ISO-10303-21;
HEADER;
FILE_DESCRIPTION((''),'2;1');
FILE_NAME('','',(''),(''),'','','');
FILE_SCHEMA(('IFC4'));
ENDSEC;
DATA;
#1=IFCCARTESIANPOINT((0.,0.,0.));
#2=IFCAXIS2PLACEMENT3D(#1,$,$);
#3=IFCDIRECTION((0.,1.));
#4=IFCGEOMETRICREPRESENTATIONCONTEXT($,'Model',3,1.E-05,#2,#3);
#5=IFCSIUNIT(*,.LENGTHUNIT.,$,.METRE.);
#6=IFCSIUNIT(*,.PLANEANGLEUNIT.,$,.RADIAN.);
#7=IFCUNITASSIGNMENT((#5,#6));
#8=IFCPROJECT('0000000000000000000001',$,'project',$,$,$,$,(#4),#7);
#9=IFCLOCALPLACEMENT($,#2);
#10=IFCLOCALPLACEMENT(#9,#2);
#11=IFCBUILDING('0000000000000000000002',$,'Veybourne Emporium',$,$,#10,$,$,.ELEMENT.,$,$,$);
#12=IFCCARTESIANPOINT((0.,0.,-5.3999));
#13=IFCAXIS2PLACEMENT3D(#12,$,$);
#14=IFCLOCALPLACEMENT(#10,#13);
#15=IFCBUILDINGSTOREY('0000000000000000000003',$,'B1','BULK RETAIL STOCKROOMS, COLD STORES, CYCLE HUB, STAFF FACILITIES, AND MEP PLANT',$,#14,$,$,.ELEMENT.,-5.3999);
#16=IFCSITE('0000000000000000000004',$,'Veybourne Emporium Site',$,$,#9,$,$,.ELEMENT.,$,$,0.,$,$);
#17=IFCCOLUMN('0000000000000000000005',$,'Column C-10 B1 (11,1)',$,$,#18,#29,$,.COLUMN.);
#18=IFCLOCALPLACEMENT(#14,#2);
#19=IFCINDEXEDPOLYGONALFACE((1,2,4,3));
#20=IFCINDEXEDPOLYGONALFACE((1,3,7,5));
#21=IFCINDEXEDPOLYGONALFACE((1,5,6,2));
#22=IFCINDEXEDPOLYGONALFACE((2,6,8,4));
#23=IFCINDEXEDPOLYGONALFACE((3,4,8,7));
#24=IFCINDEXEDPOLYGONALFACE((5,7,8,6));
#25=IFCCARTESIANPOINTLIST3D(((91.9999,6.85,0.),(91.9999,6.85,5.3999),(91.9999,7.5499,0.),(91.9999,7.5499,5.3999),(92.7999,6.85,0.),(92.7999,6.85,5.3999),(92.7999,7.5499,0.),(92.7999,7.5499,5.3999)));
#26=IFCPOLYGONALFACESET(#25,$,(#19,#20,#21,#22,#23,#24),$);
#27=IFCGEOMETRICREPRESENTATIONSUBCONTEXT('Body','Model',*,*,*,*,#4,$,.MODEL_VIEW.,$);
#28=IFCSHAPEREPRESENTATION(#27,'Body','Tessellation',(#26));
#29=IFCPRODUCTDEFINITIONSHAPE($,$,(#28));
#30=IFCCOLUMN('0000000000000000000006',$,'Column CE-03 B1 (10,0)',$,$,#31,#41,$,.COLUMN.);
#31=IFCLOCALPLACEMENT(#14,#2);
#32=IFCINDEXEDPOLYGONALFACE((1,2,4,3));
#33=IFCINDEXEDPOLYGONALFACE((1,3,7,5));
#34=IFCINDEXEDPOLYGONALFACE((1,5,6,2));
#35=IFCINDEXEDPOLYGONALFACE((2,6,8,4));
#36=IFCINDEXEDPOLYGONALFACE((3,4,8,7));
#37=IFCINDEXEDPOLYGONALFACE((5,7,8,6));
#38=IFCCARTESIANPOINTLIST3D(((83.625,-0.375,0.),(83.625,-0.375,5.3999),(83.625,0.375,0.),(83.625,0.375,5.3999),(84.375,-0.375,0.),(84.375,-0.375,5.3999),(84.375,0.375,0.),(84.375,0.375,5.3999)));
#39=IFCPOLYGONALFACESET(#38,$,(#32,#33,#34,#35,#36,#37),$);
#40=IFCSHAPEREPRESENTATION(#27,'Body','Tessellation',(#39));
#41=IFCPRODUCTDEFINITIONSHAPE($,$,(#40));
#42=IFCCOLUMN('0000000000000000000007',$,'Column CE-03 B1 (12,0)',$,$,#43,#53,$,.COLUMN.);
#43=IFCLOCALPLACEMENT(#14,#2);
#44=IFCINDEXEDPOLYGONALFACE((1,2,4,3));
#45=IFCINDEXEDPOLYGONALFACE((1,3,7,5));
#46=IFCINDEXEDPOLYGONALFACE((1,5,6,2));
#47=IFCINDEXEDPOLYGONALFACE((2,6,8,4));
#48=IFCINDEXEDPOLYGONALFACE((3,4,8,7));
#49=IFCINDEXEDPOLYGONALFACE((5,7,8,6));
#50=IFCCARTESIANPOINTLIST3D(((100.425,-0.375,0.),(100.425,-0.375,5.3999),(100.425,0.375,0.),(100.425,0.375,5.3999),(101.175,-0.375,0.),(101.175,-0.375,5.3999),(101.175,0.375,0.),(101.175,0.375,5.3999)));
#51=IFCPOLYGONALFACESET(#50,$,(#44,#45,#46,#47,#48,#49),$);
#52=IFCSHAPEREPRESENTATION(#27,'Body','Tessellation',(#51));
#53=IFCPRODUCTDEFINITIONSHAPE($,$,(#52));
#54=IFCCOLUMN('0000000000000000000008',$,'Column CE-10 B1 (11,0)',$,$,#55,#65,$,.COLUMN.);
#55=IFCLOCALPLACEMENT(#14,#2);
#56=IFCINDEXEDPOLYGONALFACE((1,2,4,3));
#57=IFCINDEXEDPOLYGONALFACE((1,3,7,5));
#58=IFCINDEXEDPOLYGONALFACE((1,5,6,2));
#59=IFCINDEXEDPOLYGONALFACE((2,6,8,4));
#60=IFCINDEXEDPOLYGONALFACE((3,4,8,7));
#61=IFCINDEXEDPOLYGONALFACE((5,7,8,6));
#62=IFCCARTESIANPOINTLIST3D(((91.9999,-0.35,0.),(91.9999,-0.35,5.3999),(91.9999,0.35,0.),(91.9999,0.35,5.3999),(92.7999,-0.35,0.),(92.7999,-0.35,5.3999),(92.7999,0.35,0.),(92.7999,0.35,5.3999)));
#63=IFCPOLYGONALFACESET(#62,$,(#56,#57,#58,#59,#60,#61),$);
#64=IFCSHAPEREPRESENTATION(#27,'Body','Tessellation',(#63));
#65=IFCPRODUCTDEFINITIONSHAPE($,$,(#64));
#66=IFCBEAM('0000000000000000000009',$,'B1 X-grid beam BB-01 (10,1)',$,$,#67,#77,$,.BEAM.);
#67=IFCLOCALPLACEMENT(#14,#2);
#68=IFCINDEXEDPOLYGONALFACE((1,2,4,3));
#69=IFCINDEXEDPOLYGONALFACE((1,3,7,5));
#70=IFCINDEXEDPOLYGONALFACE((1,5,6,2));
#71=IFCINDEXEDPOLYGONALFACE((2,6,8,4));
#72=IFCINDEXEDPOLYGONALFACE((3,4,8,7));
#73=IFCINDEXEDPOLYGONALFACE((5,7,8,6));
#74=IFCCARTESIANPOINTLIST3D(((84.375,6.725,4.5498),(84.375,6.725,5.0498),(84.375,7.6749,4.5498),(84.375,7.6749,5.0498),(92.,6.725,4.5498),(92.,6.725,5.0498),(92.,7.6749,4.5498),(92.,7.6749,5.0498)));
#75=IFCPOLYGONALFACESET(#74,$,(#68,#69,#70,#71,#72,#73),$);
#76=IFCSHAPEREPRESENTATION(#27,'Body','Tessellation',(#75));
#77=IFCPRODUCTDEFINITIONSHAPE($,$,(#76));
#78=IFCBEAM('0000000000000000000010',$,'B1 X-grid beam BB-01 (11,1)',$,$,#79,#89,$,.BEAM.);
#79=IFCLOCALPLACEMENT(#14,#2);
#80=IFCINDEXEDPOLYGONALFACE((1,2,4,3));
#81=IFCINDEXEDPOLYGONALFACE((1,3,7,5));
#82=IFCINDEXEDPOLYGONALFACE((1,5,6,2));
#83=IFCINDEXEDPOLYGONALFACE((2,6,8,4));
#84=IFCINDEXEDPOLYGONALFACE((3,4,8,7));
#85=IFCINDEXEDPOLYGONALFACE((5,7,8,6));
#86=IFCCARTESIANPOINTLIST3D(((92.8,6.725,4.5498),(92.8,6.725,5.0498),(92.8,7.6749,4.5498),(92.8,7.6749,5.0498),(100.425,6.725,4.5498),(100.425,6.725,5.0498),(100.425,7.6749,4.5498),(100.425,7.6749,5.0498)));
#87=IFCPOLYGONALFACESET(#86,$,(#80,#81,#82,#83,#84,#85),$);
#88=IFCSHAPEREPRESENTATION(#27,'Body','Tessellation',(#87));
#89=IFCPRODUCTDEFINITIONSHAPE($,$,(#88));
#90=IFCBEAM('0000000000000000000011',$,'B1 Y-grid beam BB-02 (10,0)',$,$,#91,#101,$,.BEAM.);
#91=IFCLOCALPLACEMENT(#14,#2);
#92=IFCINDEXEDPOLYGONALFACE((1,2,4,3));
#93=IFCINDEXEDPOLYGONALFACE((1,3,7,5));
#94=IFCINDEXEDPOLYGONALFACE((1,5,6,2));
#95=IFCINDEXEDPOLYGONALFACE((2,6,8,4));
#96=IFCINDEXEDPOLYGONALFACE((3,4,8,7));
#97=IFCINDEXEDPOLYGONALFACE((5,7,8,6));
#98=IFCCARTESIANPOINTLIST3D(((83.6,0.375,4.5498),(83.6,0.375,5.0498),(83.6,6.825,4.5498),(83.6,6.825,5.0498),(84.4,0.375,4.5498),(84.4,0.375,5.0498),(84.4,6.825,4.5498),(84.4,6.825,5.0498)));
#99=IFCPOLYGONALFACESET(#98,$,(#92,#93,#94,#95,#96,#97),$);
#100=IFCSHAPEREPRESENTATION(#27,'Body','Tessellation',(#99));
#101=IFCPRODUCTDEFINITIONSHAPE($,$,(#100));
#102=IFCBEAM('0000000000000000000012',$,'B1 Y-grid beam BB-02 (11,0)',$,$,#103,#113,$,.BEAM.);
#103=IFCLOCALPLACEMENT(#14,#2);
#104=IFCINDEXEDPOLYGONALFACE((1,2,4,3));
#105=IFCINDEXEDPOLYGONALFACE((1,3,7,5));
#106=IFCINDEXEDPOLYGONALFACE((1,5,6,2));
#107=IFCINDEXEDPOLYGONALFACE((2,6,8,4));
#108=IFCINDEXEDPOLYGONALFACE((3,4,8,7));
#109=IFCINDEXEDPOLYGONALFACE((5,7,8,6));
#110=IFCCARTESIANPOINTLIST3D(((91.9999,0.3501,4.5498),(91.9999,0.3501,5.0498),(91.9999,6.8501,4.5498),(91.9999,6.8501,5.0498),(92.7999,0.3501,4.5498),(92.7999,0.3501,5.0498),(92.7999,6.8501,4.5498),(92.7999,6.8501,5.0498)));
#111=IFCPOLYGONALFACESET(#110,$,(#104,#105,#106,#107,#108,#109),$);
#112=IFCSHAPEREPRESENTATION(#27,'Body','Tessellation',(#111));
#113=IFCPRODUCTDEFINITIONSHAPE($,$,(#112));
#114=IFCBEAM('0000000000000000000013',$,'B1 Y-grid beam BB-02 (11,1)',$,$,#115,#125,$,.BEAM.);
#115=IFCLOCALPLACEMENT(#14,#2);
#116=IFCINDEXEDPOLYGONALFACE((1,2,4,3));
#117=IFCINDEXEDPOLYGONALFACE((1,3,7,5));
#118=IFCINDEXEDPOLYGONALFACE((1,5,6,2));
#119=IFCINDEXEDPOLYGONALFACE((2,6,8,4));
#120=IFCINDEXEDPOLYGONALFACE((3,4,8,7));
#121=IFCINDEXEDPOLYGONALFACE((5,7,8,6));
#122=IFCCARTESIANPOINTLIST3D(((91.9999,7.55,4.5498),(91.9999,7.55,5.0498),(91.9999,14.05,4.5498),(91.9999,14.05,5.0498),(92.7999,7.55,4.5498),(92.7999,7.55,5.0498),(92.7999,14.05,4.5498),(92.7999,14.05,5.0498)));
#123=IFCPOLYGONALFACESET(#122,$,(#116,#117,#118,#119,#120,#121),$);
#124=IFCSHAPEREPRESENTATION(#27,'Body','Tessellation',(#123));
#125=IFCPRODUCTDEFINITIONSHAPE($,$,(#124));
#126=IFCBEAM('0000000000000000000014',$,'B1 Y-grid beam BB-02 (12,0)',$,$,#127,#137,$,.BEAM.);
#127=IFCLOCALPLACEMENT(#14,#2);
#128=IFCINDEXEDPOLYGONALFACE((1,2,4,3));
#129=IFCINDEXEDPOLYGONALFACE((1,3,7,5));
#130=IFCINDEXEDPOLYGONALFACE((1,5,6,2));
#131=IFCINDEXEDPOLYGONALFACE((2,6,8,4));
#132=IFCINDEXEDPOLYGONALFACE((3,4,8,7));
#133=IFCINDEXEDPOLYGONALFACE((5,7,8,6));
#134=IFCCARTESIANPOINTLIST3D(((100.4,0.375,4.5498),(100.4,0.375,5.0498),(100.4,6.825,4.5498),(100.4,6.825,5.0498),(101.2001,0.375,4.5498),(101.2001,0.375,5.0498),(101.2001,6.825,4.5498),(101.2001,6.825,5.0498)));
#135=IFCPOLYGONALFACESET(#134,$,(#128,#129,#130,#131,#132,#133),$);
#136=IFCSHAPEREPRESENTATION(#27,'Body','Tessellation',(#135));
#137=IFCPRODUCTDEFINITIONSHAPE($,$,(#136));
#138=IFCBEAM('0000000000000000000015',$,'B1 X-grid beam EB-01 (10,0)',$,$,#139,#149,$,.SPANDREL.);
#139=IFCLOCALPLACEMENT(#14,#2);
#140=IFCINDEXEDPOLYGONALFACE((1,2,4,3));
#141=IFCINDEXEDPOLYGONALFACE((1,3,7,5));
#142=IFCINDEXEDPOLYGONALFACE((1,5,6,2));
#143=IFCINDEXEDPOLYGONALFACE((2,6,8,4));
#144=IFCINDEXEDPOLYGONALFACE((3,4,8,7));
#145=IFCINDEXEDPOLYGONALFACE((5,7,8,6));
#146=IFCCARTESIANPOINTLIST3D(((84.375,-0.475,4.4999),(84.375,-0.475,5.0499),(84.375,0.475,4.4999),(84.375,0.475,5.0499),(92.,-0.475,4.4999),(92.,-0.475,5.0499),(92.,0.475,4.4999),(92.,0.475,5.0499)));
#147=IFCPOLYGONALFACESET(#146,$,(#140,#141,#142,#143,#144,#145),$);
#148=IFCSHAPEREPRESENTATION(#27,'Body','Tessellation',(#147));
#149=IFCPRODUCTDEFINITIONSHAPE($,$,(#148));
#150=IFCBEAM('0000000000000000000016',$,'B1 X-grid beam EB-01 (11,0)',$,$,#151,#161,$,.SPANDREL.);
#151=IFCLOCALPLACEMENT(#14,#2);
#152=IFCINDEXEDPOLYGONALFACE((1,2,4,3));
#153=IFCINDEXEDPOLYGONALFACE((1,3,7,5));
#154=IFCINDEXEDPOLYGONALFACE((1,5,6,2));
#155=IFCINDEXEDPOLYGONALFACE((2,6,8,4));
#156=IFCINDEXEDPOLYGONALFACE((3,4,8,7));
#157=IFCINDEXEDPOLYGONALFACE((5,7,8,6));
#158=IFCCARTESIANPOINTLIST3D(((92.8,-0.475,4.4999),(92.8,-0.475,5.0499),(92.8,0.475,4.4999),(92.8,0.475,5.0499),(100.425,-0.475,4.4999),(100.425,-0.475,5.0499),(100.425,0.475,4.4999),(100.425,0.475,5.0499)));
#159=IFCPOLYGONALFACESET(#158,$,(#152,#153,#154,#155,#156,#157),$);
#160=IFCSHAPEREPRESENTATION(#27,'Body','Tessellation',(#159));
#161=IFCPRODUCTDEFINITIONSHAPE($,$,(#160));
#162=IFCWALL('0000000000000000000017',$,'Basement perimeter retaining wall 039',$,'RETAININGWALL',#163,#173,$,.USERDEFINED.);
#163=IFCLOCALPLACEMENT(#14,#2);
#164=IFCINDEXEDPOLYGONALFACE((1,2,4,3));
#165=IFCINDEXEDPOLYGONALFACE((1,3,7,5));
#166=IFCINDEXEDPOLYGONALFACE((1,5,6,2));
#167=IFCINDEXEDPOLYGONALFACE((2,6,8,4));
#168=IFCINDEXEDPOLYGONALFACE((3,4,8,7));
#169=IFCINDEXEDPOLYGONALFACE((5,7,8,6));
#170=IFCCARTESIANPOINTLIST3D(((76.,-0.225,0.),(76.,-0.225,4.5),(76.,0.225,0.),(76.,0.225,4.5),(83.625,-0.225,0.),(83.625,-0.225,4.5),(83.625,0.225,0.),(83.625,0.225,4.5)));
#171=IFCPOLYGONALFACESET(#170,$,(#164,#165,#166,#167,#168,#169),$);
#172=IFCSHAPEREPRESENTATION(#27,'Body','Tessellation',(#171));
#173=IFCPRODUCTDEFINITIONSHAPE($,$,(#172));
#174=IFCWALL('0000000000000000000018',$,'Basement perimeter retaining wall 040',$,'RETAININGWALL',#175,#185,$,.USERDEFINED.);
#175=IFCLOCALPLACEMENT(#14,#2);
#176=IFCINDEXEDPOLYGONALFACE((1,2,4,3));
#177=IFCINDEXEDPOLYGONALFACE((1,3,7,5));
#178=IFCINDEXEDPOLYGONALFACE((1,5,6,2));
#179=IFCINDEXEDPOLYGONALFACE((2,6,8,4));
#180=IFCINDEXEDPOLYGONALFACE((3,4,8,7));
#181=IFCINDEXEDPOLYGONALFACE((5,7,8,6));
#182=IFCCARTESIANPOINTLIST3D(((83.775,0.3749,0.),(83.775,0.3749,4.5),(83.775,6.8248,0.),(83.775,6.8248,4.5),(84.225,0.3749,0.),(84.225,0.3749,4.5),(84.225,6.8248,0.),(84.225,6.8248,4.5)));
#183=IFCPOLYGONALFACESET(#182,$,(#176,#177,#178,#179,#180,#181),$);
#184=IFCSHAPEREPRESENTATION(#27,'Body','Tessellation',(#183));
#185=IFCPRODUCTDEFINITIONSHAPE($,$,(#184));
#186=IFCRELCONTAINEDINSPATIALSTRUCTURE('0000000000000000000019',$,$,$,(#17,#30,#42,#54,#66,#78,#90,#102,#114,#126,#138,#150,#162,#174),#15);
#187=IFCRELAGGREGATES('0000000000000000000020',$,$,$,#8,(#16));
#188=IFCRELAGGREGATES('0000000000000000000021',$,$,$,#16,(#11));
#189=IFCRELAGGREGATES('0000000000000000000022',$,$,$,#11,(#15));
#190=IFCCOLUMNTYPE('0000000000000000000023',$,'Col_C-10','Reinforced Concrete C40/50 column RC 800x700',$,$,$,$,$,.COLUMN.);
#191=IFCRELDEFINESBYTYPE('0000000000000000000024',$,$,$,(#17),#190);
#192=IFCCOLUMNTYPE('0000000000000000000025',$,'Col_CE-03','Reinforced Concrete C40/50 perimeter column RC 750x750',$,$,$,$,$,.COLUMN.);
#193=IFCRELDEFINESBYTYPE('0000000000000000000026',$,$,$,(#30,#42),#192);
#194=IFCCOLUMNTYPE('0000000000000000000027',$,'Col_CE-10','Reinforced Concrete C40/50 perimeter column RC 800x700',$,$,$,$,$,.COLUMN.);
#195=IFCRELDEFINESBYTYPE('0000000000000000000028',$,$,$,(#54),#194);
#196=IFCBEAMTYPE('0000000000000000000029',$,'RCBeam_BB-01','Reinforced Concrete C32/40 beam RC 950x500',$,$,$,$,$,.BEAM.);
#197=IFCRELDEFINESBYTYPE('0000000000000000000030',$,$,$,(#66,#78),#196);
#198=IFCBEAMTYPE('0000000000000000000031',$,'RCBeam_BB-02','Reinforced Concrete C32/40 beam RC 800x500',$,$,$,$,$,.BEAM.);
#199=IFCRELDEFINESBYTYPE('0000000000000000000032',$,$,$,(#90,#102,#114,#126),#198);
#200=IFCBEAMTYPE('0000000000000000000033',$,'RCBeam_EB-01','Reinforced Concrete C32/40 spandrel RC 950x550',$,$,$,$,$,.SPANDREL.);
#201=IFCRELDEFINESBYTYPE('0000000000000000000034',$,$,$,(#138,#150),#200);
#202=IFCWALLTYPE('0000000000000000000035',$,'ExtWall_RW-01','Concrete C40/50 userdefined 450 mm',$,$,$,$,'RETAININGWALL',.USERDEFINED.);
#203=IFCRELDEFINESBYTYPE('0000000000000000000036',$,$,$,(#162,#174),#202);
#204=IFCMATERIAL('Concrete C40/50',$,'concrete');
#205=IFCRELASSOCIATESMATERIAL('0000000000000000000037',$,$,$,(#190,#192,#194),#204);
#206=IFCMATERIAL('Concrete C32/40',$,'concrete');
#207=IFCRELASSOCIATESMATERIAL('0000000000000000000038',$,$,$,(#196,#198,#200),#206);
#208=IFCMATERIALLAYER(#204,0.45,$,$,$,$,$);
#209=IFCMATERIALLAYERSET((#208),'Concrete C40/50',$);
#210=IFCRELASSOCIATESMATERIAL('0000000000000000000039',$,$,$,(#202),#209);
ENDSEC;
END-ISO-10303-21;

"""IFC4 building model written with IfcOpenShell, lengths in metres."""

from ifc_helpers import new_model, si_unit, direction, frame, frame_2d, origin, origin_2d, place, context, subcontext, project, spatial, rectangle, extrude, material, layer, layer_set, material_profile, profile_set, type_object, element, save


model = new_model("IFC4")

# Units and contexts
model_context = context("Model", 3, precision=1e-05, world=origin(), true_north=direction((0.0, 1.0)))
body_context = subcontext(model_context, "Body", "Model", "MODEL_VIEW")
ifc_project = project(units=[si_unit("LENGTHUNIT", "METRE"), si_unit("PLANEANGLEUNIT", "RADIAN")], contexts=[model_context])

# Site, building, storey
site_placement = place(None, origin())
site = spatial("IfcSite", under=ifc_project, at=site_placement, Name="Veybourne Emporium Site", CompositionType="ELEMENT", RefElevation=0.0)
building_placement = place(site_placement, origin())
building = spatial("IfcBuilding", under=site, at=building_placement, Name="Veybourne Emporium", CompositionType="ELEMENT")
storey_placement = place(building_placement, frame((0.0, 0.0, -5.3999)))
storey = spatial("IfcBuildingStorey", under=building, at=storey_placement, Name="B1", Description="BULK RETAIL STOCKROOMS, COLD STORES, CYCLE HUB, STAFF FACILITIES, AND MEP PLANT", CompositionType="ELEMENT", Elevation=-5.3999)

# Columns
ifc_material_1 = material(Name="Concrete C40/50", Category="concrete")
ifc_material_profile_1 = material_profile(ifc_material_1, rectangle(XDim=0.8, YDim=0.7, at=origin_2d()), Name="RC 800x700")
ifc_profile_set_1 = profile_set([ifc_material_profile_1], Name="Concrete C40/50")
column_type_1 = type_object("IfcColumnType", Name="Col_C-10", Description="Reinforced Concrete C40/50 column RC 800x700", PredefinedType="COLUMN", material=ifc_profile_set_1)
column_1_placement = place(storey_placement, frame((92.3999, 7.2, 0.0), z_axis=(0.0, 0.0, 1.0), x_axis=(1.0, 0.0, 0.0)))
element("IfcColumn", 1, at=column_1_placement, inside=storey, type_object=column_type_1, Name="Column C-10 B1 (11,1)", PredefinedType="COLUMN", context=body_context, shape_type="SweptSolid", body=[
    extrude(rectangle(XDim=0.8, YDim=0.7, at=origin_2d()), origin(), (0.0, 0.0, 1.0), 5.3999),
])
ifc_material_profile_2 = material_profile(ifc_material_1, rectangle(XDim=0.75, YDim=0.75, at=origin_2d()), Name="RC 750x750")
ifc_profile_set_2 = profile_set([ifc_material_profile_2], Name="Concrete C40/50")
column_type_2 = type_object("IfcColumnType", Name="Col_CE-03", Description="Reinforced Concrete C40/50 perimeter column RC 750x750", PredefinedType="COLUMN", material=ifc_profile_set_2)
for number, where, z_axis, x_axis, name in (
    (2, (84.0, 0.0, 0.0), (0.0, 0.0, 1.0), (1.0, 0.0, 0.0), "Column CE-03 B1 (10,0)"),
    (3, (100.8, 0.0, 0.0), (0.0, 0.0, 1.0), (1.0, 0.0, 0.0), "Column CE-03 B1 (12,0)"),
):
    element("IfcColumn", number, at=place(storey_placement, frame(where, z_axis=z_axis, x_axis=x_axis)), inside=storey, type_object=column_type_2, Name=name, PredefinedType="COLUMN", context=body_context, shape_type="SweptSolid", body=[
        extrude(rectangle(XDim=0.75, YDim=0.75, at=origin_2d()), origin(), (0.0, 0.0, 1.0), 5.3999),
    ])
ifc_material_profile_3 = material_profile(ifc_material_1, rectangle(XDim=0.8, YDim=0.7, at=origin_2d()), Name="RC 800x700")
ifc_profile_set_3 = profile_set([ifc_material_profile_3], Name="Concrete C40/50")
column_type_3 = type_object("IfcColumnType", Name="Col_CE-10", Description="Reinforced Concrete C40/50 perimeter column RC 800x700", PredefinedType="COLUMN", material=ifc_profile_set_3)
column_2_placement = place(storey_placement, frame((92.3999, 0.0, 0.0), z_axis=(0.0, 0.0, 1.0), x_axis=(1.0, 0.0, 0.0)))
element("IfcColumn", 4, at=column_2_placement, inside=storey, type_object=column_type_3, Name="Column CE-10 B1 (11,0)", PredefinedType="COLUMN", context=body_context, shape_type="SweptSolid", body=[
    extrude(rectangle(XDim=0.8, YDim=0.7, at=origin_2d()), origin(), (0.0, 0.0, 1.0), 5.3999),
])

# Beams
ifc_material_2 = material(Name="Concrete C32/40", Category="concrete")
ifc_material_profile_4 = material_profile(ifc_material_2, rectangle(XDim=0.95, YDim=0.5, at=origin_2d()), Name="RC 950x500")
ifc_profile_set_4 = profile_set([ifc_material_profile_4], Name="Concrete C32/40")
beam_type_1 = type_object("IfcBeamType", Name="RCBeam_BB-01", Description="Reinforced Concrete C32/40 beam RC 950x500", PredefinedType="BEAM", material=ifc_profile_set_4)
for number, where, z_axis, x_axis, name in (
    (5, (84.375, 7.2, 4.7998), (1.0, 0.0, 0.0), (0.0, 1.0, 0.0), "B1 X-grid beam BB-01 (10,1)"),
    (6, (92.8, 7.2, 4.7998), (1.0, 0.0, 0.0), (0.0, 1.0, 0.0), "B1 X-grid beam BB-01 (11,1)"),
):
    element("IfcBeam", number, at=place(storey_placement, frame(where, z_axis=z_axis, x_axis=x_axis)), inside=storey, type_object=beam_type_1, Name=name, PredefinedType="BEAM", context=body_context, shape_type="SweptSolid", body=[
        extrude(rectangle(XDim=0.95, YDim=0.5, at=origin_2d()), origin(), (0.0, 0.0, 1.0), 7.625),
    ])
ifc_material_profile_5 = material_profile(ifc_material_2, rectangle(XDim=0.8, YDim=0.5, at=origin_2d()), Name="RC 800x500")
ifc_profile_set_5 = profile_set([ifc_material_profile_5], Name="Concrete C32/40")
beam_type_2 = type_object("IfcBeamType", Name="RCBeam_BB-02", Description="Reinforced Concrete C32/40 beam RC 800x500", PredefinedType="BEAM", material=ifc_profile_set_5)
beam_1_placement = place(storey_placement, frame((84.0, 0.375, 4.7998), z_axis=(0.0, 1.0, 0.0), x_axis=(-1.0, 0.0, 0.0)))
element("IfcBeam", 7, at=beam_1_placement, inside=storey, type_object=beam_type_2, Name="B1 Y-grid beam BB-02 (10,0)", PredefinedType="BEAM", context=body_context, shape_type="SweptSolid", body=[
    extrude(rectangle(XDim=0.8, YDim=0.5, at=origin_2d()), origin(), (0.0, 0.0, 1.0), 6.45),
])
for number, where, z_axis, x_axis, name in (
    (8, (92.3999, 0.3501, 4.7998), (0.0, 1.0, 0.0), (-1.0, 0.0, 0.0), "B1 Y-grid beam BB-02 (11,0)"),
    (9, (92.3999, 7.55, 4.7998), (0.0, 1.0, 0.0), (-1.0, 0.0, 0.0), "B1 Y-grid beam BB-02 (11,1)"),
):
    element("IfcBeam", number, at=place(storey_placement, frame(where, z_axis=z_axis, x_axis=x_axis)), inside=storey, type_object=beam_type_2, Name=name, PredefinedType="BEAM", context=body_context, shape_type="SweptSolid", body=[
        extrude(rectangle(XDim=0.8, YDim=0.5, at=origin_2d()), origin(), (0.0, 0.0, 1.0), 6.5),
    ])
beam_2_placement = place(storey_placement, frame((100.8, 0.375, 4.7998), z_axis=(0.0, 1.0, 0.0), x_axis=(-1.0, 0.0, 0.0)))
element("IfcBeam", 10, at=beam_2_placement, inside=storey, type_object=beam_type_2, Name="B1 Y-grid beam BB-02 (12,0)", PredefinedType="BEAM", context=body_context, shape_type="SweptSolid", body=[
    extrude(rectangle(XDim=0.8, YDim=0.5, at=origin_2d()), origin(), (0.0, 0.0, 1.0), 6.45),
])
ifc_material_profile_6 = material_profile(ifc_material_2, rectangle(XDim=0.95, YDim=0.55, at=origin_2d()), Name="RC 950x550")
ifc_profile_set_6 = profile_set([ifc_material_profile_6], Name="Concrete C32/40")
beam_type_3 = type_object("IfcBeamType", Name="RCBeam_EB-01", Description="Reinforced Concrete C32/40 spandrel RC 950x550", PredefinedType="SPANDREL", material=ifc_profile_set_6)
for number, where, z_axis, x_axis, name in (
    (11, (84.375, 0.0, 4.7749), (1.0, 0.0, 0.0), (0.0, 1.0, 0.0), "B1 X-grid beam EB-01 (10,0)"),
    (12, (92.8, 0.0, 4.7749), (1.0, 0.0, 0.0), (0.0, 1.0, 0.0), "B1 X-grid beam EB-01 (11,0)"),
):
    element("IfcBeam", number, at=place(storey_placement, frame(where, z_axis=z_axis, x_axis=x_axis)), inside=storey, type_object=beam_type_3, Name=name, PredefinedType="SPANDREL", context=body_context, shape_type="SweptSolid", body=[
        extrude(rectangle(XDim=0.95, YDim=0.55, at=origin_2d()), origin(), (0.0, 0.0, 1.0), 7.625),
    ])

# Walls
ifc_layer_1 = layer(ifc_material_1, 0.45)
ifc_layer_set_1 = layer_set([ifc_layer_1], Name="Concrete C40/50")
wall_type_1 = type_object("IfcWallType", Name="ExtWall_RW-01", Description="Concrete C40/50 userdefined 450 mm", ElementType="RETAININGWALL", PredefinedType="USERDEFINED", material=ifc_layer_set_1)
wall_1_placement = place(storey_placement, frame((83.625, 0.0, 0.0), z_axis=(0.0, 0.0, 1.0), x_axis=(-1.0, 0.0, 0.0)))
element("IfcWall", 13, at=wall_1_placement, inside=storey, type_object=wall_type_1, Name="Basement perimeter retaining wall 039", ObjectType="RETAININGWALL", PredefinedType="USERDEFINED", context=body_context, shape_type="SweptSolid", body=[
    extrude(rectangle(XDim=7.625, YDim=0.45, at=frame_2d((3.8125, 0.0))), origin(), (0.0, 0.0, 1.0), 4.5),
])
wall_2_placement = place(storey_placement, frame((84.0, 6.825, 0.0), z_axis=(0.0, 0.0, 1.0), x_axis=(0.0, -1.0, 0.0)))
element("IfcWall", 14, at=wall_2_placement, inside=storey, type_object=wall_type_1, Name="Basement perimeter retaining wall 040", ObjectType="RETAININGWALL", PredefinedType="USERDEFINED", context=body_context, shape_type="SweptSolid", body=[
    extrude(rectangle(XDim=6.45, YDim=0.45, at=frame_2d((3.2251, 0.0))), origin(), (0.0, 0.0, 1.0), 4.5),
])

save(model, "model.ifc")
